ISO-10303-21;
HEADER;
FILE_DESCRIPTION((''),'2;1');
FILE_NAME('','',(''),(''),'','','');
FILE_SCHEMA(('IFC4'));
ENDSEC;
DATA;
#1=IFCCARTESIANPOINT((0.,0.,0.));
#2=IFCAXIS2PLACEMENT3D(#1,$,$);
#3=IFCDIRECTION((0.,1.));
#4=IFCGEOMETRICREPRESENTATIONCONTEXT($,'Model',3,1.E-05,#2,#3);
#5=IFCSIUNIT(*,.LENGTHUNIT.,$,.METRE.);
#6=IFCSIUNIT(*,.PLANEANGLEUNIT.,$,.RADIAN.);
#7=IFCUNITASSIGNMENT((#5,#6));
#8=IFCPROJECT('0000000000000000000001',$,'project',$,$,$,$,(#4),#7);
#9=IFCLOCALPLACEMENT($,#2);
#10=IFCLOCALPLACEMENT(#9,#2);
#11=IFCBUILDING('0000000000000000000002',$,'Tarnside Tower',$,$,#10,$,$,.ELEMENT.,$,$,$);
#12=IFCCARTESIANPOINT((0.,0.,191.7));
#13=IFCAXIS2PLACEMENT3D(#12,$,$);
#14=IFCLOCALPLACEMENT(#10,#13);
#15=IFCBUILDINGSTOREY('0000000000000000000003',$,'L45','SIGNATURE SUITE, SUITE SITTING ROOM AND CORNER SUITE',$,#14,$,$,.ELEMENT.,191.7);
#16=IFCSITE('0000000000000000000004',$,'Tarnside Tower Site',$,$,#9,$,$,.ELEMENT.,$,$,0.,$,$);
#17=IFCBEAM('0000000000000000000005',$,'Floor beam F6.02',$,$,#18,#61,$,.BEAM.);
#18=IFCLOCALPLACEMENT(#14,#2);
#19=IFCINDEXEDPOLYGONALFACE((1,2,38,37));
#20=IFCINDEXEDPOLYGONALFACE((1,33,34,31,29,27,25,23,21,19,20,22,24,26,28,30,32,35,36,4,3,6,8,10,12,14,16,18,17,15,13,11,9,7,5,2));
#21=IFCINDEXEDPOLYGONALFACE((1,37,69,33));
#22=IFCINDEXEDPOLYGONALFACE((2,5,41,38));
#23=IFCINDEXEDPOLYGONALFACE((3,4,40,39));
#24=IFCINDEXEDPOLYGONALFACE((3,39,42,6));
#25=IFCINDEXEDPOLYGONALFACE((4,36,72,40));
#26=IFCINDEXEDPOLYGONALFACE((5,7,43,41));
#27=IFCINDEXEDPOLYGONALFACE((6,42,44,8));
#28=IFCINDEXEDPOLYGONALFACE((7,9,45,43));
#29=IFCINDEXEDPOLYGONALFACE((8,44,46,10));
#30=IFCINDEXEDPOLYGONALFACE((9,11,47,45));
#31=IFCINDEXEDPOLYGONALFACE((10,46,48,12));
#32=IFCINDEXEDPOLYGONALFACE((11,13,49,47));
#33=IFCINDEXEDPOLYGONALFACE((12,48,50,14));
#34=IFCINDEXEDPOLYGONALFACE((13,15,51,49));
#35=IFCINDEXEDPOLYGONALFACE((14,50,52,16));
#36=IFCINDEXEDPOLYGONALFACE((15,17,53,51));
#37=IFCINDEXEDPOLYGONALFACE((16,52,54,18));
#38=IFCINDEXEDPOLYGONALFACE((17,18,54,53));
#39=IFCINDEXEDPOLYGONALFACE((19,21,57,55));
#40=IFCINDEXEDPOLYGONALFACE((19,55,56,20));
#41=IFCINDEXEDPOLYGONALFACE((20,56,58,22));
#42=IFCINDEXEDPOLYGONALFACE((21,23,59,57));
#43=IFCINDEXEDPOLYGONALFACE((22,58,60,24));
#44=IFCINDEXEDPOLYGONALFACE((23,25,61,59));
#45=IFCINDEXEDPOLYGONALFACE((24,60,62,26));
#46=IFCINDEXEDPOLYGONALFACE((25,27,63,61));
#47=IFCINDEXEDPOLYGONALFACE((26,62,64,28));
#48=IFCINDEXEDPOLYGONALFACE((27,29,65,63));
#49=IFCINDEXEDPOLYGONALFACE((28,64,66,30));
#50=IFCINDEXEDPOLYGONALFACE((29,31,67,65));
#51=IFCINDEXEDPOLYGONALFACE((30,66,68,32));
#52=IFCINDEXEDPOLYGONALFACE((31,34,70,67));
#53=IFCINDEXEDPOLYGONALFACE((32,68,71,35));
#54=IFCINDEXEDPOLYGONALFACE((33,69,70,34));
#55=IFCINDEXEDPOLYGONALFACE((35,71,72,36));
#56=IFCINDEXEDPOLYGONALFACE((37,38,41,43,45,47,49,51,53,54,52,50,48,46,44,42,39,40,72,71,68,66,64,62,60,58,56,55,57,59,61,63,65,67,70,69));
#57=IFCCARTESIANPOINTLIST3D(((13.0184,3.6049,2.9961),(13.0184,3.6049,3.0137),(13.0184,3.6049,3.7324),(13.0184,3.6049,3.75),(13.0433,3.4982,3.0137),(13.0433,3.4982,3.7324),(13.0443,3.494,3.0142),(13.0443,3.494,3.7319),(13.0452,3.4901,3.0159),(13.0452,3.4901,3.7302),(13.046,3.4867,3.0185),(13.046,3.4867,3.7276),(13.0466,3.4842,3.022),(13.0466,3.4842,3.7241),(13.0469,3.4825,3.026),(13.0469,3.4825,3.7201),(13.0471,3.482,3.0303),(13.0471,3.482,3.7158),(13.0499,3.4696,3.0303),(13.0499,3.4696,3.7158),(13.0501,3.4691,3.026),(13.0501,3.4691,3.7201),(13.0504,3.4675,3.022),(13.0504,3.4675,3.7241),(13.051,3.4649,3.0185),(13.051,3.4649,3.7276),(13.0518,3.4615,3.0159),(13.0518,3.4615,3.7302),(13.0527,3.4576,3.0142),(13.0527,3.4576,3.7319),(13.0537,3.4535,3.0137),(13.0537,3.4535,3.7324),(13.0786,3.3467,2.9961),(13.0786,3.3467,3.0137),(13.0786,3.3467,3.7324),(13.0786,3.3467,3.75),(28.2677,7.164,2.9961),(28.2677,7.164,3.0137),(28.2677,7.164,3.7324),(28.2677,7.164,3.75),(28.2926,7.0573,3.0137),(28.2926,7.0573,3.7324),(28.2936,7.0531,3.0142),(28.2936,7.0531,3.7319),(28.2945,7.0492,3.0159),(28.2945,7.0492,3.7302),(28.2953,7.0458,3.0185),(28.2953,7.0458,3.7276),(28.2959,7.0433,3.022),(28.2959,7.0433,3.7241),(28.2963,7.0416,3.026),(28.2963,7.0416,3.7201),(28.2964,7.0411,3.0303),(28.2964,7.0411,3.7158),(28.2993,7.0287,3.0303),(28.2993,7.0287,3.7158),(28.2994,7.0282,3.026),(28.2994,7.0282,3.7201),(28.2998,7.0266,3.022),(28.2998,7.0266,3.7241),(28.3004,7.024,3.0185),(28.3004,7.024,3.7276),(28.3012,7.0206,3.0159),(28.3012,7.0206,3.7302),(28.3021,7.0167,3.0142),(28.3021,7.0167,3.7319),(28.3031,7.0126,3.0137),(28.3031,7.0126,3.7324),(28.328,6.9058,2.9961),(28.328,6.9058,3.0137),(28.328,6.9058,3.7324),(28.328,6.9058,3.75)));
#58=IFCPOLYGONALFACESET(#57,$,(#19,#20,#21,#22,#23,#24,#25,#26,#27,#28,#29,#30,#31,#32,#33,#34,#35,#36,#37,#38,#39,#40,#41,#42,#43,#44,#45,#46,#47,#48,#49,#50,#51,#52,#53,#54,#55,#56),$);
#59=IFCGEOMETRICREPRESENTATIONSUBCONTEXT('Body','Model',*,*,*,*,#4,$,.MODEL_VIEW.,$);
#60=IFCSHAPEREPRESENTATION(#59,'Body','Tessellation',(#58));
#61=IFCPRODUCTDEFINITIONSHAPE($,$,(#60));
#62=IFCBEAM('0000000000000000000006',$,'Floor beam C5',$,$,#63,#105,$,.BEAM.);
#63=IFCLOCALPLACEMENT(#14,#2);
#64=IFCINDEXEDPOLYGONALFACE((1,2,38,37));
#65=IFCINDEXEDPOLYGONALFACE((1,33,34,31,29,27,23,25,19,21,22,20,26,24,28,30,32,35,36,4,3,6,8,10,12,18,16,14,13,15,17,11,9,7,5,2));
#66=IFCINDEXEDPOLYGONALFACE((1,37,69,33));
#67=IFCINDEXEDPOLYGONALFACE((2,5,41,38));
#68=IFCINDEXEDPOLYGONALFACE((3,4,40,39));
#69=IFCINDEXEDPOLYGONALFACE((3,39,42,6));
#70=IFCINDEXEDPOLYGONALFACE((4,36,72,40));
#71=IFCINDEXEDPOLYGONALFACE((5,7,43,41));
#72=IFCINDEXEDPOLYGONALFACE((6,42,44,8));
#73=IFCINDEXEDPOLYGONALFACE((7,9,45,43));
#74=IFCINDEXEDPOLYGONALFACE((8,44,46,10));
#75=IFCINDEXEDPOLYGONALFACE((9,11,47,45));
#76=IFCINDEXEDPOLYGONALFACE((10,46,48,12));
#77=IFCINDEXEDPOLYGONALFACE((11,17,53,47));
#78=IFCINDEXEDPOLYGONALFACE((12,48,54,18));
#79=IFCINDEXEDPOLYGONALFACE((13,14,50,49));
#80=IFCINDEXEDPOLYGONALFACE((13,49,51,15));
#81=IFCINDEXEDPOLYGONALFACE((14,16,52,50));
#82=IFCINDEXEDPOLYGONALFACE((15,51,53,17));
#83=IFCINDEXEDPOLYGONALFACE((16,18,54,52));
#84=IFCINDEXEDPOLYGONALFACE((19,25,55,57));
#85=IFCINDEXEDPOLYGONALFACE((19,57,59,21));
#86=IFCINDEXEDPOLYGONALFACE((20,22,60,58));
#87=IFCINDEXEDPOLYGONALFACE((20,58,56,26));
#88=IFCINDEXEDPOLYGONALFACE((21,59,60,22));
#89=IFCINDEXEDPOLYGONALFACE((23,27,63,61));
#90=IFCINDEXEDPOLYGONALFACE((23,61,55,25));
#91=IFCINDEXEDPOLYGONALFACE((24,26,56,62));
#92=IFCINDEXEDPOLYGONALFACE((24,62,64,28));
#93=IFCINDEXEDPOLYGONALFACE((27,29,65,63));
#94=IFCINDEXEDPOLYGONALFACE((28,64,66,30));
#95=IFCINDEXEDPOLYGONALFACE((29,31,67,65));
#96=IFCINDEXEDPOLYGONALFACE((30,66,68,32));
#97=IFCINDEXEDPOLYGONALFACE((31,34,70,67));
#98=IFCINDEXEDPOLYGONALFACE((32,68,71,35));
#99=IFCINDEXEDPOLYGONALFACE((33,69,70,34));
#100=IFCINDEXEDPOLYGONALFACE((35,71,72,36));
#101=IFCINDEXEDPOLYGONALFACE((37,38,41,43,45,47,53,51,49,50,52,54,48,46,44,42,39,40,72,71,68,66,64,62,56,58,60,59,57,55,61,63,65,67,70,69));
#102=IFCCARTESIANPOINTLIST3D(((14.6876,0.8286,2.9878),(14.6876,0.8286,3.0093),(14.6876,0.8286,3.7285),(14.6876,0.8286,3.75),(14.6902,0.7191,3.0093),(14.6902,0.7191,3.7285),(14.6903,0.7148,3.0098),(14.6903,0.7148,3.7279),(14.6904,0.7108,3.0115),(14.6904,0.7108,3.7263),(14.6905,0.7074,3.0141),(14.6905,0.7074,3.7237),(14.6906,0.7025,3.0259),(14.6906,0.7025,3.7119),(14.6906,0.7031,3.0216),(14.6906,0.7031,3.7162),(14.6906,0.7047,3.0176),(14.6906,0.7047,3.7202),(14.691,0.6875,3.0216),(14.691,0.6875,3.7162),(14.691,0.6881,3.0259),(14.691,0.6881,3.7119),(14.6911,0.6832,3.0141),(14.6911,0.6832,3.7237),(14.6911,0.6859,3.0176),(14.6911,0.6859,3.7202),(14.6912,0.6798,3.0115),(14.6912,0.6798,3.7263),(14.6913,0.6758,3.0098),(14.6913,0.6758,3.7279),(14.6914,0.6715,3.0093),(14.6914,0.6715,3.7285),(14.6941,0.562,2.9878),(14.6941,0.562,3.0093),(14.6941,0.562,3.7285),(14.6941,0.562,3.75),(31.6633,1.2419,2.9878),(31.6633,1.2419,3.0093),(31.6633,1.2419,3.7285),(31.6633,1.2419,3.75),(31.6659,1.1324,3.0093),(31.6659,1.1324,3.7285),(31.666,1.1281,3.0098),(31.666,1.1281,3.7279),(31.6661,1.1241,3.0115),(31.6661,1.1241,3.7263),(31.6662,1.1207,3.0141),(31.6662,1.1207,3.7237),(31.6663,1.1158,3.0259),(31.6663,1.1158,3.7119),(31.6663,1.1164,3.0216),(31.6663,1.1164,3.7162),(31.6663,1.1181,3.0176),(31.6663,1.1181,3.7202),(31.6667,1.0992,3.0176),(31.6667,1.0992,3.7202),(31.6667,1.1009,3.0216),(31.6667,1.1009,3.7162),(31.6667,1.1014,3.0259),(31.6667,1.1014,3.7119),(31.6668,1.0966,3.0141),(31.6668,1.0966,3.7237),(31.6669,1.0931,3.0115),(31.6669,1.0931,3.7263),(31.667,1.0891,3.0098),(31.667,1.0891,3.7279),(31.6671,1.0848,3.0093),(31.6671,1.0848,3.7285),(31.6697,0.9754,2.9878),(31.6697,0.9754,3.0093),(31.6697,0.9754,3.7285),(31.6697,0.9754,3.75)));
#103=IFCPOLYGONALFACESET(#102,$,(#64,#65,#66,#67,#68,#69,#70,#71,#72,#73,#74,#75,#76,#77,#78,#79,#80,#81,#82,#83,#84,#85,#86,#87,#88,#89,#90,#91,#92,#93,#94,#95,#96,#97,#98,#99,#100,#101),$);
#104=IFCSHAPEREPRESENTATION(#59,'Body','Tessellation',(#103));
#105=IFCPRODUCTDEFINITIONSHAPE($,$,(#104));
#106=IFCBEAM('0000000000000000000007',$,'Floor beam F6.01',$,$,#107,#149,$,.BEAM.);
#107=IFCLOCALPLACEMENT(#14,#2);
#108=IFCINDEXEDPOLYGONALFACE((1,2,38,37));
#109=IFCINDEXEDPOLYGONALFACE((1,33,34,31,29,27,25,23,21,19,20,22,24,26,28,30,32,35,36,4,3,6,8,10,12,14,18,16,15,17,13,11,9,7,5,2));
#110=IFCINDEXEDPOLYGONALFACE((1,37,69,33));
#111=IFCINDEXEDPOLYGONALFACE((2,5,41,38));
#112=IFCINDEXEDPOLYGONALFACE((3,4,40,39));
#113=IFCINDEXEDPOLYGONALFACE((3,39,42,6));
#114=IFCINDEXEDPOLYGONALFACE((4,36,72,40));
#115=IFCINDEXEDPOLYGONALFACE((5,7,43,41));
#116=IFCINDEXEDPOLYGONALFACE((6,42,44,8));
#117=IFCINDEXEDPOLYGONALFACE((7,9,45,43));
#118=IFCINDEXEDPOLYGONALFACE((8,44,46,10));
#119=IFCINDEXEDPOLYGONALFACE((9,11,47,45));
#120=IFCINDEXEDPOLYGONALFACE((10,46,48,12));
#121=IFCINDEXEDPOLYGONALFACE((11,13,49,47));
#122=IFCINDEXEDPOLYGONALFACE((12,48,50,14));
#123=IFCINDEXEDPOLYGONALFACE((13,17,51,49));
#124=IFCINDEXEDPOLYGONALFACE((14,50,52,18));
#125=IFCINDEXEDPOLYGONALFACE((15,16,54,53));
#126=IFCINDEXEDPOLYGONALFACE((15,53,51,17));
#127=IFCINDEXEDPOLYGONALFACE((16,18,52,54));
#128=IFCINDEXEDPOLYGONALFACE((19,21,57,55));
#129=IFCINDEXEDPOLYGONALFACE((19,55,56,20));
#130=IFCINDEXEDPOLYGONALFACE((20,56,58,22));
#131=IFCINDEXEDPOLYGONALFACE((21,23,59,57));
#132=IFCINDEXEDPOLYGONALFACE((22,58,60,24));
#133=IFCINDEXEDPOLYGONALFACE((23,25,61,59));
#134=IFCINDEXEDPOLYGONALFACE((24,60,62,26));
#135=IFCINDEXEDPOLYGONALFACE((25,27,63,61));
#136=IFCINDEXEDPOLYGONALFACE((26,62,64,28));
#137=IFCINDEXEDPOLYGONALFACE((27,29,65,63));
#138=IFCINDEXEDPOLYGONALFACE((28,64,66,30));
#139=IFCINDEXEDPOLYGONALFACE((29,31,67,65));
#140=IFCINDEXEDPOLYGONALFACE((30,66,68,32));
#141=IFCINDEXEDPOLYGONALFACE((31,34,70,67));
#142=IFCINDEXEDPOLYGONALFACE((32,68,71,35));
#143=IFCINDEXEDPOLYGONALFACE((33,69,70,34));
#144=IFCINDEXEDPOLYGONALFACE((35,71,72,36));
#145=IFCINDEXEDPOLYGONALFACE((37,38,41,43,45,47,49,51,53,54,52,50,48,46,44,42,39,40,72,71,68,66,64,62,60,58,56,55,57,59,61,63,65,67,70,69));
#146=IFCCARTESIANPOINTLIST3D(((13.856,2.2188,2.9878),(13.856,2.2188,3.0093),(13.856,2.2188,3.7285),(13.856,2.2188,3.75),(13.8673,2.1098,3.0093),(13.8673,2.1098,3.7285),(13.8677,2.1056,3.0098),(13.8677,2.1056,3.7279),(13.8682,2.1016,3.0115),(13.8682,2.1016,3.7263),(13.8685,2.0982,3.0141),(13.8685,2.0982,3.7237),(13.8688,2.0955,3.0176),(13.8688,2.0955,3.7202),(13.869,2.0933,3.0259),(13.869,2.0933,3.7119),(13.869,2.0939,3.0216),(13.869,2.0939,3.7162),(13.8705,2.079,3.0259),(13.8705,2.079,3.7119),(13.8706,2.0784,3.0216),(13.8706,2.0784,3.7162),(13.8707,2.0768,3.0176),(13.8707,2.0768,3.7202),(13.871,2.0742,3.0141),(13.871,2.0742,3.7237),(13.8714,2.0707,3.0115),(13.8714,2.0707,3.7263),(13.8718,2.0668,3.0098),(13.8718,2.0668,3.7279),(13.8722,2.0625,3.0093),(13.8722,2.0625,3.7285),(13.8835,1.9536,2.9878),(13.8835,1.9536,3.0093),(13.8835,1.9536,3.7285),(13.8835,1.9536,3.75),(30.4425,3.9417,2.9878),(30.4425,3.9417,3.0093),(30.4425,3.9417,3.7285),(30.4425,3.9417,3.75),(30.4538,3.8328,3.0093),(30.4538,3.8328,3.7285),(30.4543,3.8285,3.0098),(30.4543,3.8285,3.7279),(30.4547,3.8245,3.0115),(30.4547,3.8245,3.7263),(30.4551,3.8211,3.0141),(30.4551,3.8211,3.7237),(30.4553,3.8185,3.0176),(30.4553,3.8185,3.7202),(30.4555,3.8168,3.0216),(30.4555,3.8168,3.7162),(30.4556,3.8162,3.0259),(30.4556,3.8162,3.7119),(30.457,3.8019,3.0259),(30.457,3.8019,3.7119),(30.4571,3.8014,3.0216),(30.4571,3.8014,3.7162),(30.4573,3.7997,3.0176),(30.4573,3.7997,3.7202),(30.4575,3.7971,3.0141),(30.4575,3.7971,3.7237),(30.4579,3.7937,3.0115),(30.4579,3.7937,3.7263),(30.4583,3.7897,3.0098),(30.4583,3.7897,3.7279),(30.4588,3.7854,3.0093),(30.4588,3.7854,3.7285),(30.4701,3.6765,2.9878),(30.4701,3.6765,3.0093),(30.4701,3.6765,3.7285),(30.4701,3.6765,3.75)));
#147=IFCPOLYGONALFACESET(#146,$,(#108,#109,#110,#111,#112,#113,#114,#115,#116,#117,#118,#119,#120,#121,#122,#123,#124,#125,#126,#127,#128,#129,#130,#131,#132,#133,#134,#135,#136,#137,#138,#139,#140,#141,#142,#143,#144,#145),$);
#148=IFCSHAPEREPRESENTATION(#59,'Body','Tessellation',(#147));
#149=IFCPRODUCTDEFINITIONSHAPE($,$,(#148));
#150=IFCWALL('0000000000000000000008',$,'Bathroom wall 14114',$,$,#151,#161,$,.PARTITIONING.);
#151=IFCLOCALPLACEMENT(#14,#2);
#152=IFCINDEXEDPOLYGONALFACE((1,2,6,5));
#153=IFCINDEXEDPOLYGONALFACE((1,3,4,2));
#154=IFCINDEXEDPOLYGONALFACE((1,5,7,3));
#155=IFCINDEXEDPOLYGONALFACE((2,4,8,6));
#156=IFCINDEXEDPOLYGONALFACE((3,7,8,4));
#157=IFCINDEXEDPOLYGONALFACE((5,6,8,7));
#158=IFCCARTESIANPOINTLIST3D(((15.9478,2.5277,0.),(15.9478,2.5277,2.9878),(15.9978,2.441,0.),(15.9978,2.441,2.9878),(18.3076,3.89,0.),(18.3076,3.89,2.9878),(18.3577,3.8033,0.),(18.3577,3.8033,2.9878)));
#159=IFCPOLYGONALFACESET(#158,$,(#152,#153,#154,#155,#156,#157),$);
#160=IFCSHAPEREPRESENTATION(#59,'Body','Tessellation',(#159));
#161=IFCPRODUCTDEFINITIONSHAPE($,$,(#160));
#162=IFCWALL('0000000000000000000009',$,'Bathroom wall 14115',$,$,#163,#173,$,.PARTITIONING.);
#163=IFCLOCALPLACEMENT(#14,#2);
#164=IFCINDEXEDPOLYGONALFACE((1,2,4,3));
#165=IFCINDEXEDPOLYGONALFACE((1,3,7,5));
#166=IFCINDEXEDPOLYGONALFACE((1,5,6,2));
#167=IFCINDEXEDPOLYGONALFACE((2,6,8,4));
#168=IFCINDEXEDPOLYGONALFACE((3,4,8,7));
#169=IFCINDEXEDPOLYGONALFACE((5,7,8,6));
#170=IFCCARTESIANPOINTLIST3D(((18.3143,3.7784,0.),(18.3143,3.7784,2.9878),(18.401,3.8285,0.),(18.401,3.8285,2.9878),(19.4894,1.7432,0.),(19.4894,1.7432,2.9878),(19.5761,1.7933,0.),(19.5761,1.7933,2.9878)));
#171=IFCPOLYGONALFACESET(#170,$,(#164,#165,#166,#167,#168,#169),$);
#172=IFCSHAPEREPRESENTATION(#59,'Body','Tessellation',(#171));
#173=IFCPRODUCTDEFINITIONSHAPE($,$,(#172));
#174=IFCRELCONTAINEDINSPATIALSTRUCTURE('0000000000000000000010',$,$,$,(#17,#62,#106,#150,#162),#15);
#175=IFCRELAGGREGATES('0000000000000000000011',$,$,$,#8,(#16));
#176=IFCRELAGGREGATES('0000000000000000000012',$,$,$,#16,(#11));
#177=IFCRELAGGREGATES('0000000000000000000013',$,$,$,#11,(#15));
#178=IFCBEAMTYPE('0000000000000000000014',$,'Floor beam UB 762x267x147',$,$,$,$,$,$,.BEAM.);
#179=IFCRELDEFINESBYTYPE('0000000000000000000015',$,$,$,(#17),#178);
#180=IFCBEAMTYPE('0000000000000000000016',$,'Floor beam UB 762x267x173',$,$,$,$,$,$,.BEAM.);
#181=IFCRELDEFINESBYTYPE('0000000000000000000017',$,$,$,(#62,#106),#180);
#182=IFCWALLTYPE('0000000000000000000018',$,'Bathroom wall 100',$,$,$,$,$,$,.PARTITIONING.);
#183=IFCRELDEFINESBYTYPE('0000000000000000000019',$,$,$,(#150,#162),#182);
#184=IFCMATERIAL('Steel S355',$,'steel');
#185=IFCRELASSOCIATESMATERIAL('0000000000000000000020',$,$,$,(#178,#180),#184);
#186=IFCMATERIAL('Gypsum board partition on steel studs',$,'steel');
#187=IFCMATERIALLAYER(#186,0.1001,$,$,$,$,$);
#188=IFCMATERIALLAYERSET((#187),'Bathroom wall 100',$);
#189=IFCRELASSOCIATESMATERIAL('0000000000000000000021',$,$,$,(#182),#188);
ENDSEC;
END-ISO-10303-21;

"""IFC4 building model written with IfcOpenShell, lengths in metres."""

from ifc_helpers import new_model, si_unit, direction, frame, frame_2d, origin, origin_2d, place, context, subcontext, project, spatial, rectangle, i_section, extrude, material, layer, layer_set, material_profile, profile_set, type_object, element, save


model = new_model("IFC4")

# Units and contexts
model_context = context("Model", 3, precision=1e-05, world=origin(), true_north=direction((0.0, 1.0)))
body_context = subcontext(model_context, "Body", "Model", "MODEL_VIEW")
ifc_project = project(units=[si_unit("LENGTHUNIT", "METRE"), si_unit("PLANEANGLEUNIT", "RADIAN")], contexts=[model_context])

# Site, building, storey
site_placement = place(None, origin())
site = spatial("IfcSite", under=ifc_project, at=site_placement, Name="Tarnside Tower Site", CompositionType="ELEMENT", RefElevation=0.0)
building_placement = place(site_placement, origin())
building = spatial("IfcBuilding", under=site, at=building_placement, Name="Tarnside Tower", CompositionType="ELEMENT")
storey_placement = place(building_placement, frame((0.0, 0.0, 191.7)))
storey = spatial("IfcBuildingStorey", under=building, at=storey_placement, Name="L45", Description="SIGNATURE SUITE, SUITE SITTING ROOM AND CORNER SUITE", CompositionType="ELEMENT", Elevation=191.7)

# Beams
ifc_material_1 = material(Name="Steel S355", Category="steel")
ifc_material_profile_1 = material_profile(ifc_material_1, i_section(OverallWidth=0.2651, OverallDepth=0.7539, WebThickness=0.0127, FlangeThickness=0.0176, FilletRadius=0.0166, at=origin_2d()), Name="UB 762x267x147")
ifc_profile_set_1 = profile_set([ifc_material_profile_1], Name="Steel S355")
beam_type_1 = type_object("IfcBeamType", Name="Floor beam UB 762x267x147", PredefinedType="BEAM", material=ifc_profile_set_1)
beam_1_placement = place(storey_placement, frame((28.2979, 7.0349, 3.373), z_axis=(-0.973828, -0.227285, 0.0), x_axis=(0.227285, -0.973828, 0.0)))
element("IfcBeam", 1, at=beam_1_placement, inside=storey, type_object=beam_type_1, Name="Floor beam F6.02", PredefinedType="BEAM", context=body_context, shape_type="SweptSolid", body=[
    extrude(i_section(OverallWidth=0.2651, OverallDepth=0.7539, WebThickness=0.0127, FlangeThickness=0.0176, FilletRadius=0.0166, at=origin_2d()), origin(), (0.0, 0.0, 1.0), 15.6592),
])
ifc_material_profile_2 = material_profile(ifc_material_1, i_section(OverallWidth=0.2666, OverallDepth=0.7622, WebThickness=0.0144, FlangeThickness=0.0215, FilletRadius=0.0166, at=origin_2d()), Name="UB 762x267x173")
ifc_profile_set_2 = profile_set([ifc_material_profile_2], Name="Steel S355")
beam_type_2 = type_object("IfcBeamType", Name="Floor beam UB 762x267x173", PredefinedType="BEAM", material=ifc_profile_set_2)
beam_2_placement = place(storey_placement, frame((31.6665, 1.1086, 3.3689), z_axis=(-0.999704, -0.024341, 0.0), x_axis=(0.024341, -0.999704, 0.0)))
element("IfcBeam", 2, at=beam_2_placement, inside=storey, type_object=beam_type_2, Name="Floor beam C5", PredefinedType="BEAM", context=body_context, shape_type="SweptSolid", body=[
    extrude(i_section(OverallWidth=0.2666, OverallDepth=0.7622, WebThickness=0.0144, FlangeThickness=0.0215, FilletRadius=0.0166, at=origin_2d()), origin(), (0.0, 0.0, 1.0), 16.9807),
])
beam_3_placement = place(storey_placement, frame((30.4563, 3.8091, 3.3689), z_axis=(-0.994648, -0.103318, 0.0), x_axis=(0.103318, -0.994648, 0.0)))
element("IfcBeam", 3, at=beam_3_placement, inside=storey, type_object=beam_type_2, Name="Floor beam F6.01", PredefinedType="BEAM", context=body_context, shape_type="SweptSolid", body=[
    extrude(i_section(OverallWidth=0.2666, OverallDepth=0.7622, WebThickness=0.0144, FlangeThickness=0.0215, FilletRadius=0.0166, at=origin_2d()), origin(), (0.0, 0.0, 1.0), 16.6758),
])

# Walls
ifc_material_2 = material(Name="Gypsum board partition on steel studs", Category="steel")
ifc_layer_1 = layer(ifc_material_2, 0.1001)
ifc_layer_set_1 = layer_set([ifc_layer_1], Name="Bathroom wall 100")
wall_type_1 = type_object("IfcWallType", Name="Bathroom wall 100", PredefinedType="PARTITIONING", material=ifc_layer_set_1)
wall_1_placement = place(storey_placement, frame((15.9729, 2.4844, 0.0), z_axis=(0.0, 0.0, 1.0), x_axis=(0.866051, 0.499955, 0.0)))
element("IfcWall", 4, at=wall_1_placement, inside=storey, type_object=wall_type_1, Name="Bathroom wall 14114", PredefinedType="PARTITIONING", context=body_context, shape_type="SweptSolid", body=[
    extrude(rectangle(XDim=2.7249, YDim=0.1001, at=frame_2d((1.3623, 0.0))), origin(), (0.0, 0.0, 1.0), 2.9878),
])
wall_2_placement = place(storey_placement, frame((18.3577, 3.8035, 0.0), z_axis=(0.0, 0.0, 1.0), x_axis=(0.500016, -0.866016, 0.0)))
element("IfcWall", 5, at=wall_2_placement, inside=storey, type_object=wall_type_1, Name="Bathroom wall 14115", PredefinedType="PARTITIONING", context=body_context, shape_type="SweptSolid", body=[
    extrude(rectangle(XDim=2.3501, YDim=0.1001, at=frame_2d((1.175, 0.0))), origin(), (0.0, 0.0, 1.0), 2.9878),
])

save(model, "model.ifc")
